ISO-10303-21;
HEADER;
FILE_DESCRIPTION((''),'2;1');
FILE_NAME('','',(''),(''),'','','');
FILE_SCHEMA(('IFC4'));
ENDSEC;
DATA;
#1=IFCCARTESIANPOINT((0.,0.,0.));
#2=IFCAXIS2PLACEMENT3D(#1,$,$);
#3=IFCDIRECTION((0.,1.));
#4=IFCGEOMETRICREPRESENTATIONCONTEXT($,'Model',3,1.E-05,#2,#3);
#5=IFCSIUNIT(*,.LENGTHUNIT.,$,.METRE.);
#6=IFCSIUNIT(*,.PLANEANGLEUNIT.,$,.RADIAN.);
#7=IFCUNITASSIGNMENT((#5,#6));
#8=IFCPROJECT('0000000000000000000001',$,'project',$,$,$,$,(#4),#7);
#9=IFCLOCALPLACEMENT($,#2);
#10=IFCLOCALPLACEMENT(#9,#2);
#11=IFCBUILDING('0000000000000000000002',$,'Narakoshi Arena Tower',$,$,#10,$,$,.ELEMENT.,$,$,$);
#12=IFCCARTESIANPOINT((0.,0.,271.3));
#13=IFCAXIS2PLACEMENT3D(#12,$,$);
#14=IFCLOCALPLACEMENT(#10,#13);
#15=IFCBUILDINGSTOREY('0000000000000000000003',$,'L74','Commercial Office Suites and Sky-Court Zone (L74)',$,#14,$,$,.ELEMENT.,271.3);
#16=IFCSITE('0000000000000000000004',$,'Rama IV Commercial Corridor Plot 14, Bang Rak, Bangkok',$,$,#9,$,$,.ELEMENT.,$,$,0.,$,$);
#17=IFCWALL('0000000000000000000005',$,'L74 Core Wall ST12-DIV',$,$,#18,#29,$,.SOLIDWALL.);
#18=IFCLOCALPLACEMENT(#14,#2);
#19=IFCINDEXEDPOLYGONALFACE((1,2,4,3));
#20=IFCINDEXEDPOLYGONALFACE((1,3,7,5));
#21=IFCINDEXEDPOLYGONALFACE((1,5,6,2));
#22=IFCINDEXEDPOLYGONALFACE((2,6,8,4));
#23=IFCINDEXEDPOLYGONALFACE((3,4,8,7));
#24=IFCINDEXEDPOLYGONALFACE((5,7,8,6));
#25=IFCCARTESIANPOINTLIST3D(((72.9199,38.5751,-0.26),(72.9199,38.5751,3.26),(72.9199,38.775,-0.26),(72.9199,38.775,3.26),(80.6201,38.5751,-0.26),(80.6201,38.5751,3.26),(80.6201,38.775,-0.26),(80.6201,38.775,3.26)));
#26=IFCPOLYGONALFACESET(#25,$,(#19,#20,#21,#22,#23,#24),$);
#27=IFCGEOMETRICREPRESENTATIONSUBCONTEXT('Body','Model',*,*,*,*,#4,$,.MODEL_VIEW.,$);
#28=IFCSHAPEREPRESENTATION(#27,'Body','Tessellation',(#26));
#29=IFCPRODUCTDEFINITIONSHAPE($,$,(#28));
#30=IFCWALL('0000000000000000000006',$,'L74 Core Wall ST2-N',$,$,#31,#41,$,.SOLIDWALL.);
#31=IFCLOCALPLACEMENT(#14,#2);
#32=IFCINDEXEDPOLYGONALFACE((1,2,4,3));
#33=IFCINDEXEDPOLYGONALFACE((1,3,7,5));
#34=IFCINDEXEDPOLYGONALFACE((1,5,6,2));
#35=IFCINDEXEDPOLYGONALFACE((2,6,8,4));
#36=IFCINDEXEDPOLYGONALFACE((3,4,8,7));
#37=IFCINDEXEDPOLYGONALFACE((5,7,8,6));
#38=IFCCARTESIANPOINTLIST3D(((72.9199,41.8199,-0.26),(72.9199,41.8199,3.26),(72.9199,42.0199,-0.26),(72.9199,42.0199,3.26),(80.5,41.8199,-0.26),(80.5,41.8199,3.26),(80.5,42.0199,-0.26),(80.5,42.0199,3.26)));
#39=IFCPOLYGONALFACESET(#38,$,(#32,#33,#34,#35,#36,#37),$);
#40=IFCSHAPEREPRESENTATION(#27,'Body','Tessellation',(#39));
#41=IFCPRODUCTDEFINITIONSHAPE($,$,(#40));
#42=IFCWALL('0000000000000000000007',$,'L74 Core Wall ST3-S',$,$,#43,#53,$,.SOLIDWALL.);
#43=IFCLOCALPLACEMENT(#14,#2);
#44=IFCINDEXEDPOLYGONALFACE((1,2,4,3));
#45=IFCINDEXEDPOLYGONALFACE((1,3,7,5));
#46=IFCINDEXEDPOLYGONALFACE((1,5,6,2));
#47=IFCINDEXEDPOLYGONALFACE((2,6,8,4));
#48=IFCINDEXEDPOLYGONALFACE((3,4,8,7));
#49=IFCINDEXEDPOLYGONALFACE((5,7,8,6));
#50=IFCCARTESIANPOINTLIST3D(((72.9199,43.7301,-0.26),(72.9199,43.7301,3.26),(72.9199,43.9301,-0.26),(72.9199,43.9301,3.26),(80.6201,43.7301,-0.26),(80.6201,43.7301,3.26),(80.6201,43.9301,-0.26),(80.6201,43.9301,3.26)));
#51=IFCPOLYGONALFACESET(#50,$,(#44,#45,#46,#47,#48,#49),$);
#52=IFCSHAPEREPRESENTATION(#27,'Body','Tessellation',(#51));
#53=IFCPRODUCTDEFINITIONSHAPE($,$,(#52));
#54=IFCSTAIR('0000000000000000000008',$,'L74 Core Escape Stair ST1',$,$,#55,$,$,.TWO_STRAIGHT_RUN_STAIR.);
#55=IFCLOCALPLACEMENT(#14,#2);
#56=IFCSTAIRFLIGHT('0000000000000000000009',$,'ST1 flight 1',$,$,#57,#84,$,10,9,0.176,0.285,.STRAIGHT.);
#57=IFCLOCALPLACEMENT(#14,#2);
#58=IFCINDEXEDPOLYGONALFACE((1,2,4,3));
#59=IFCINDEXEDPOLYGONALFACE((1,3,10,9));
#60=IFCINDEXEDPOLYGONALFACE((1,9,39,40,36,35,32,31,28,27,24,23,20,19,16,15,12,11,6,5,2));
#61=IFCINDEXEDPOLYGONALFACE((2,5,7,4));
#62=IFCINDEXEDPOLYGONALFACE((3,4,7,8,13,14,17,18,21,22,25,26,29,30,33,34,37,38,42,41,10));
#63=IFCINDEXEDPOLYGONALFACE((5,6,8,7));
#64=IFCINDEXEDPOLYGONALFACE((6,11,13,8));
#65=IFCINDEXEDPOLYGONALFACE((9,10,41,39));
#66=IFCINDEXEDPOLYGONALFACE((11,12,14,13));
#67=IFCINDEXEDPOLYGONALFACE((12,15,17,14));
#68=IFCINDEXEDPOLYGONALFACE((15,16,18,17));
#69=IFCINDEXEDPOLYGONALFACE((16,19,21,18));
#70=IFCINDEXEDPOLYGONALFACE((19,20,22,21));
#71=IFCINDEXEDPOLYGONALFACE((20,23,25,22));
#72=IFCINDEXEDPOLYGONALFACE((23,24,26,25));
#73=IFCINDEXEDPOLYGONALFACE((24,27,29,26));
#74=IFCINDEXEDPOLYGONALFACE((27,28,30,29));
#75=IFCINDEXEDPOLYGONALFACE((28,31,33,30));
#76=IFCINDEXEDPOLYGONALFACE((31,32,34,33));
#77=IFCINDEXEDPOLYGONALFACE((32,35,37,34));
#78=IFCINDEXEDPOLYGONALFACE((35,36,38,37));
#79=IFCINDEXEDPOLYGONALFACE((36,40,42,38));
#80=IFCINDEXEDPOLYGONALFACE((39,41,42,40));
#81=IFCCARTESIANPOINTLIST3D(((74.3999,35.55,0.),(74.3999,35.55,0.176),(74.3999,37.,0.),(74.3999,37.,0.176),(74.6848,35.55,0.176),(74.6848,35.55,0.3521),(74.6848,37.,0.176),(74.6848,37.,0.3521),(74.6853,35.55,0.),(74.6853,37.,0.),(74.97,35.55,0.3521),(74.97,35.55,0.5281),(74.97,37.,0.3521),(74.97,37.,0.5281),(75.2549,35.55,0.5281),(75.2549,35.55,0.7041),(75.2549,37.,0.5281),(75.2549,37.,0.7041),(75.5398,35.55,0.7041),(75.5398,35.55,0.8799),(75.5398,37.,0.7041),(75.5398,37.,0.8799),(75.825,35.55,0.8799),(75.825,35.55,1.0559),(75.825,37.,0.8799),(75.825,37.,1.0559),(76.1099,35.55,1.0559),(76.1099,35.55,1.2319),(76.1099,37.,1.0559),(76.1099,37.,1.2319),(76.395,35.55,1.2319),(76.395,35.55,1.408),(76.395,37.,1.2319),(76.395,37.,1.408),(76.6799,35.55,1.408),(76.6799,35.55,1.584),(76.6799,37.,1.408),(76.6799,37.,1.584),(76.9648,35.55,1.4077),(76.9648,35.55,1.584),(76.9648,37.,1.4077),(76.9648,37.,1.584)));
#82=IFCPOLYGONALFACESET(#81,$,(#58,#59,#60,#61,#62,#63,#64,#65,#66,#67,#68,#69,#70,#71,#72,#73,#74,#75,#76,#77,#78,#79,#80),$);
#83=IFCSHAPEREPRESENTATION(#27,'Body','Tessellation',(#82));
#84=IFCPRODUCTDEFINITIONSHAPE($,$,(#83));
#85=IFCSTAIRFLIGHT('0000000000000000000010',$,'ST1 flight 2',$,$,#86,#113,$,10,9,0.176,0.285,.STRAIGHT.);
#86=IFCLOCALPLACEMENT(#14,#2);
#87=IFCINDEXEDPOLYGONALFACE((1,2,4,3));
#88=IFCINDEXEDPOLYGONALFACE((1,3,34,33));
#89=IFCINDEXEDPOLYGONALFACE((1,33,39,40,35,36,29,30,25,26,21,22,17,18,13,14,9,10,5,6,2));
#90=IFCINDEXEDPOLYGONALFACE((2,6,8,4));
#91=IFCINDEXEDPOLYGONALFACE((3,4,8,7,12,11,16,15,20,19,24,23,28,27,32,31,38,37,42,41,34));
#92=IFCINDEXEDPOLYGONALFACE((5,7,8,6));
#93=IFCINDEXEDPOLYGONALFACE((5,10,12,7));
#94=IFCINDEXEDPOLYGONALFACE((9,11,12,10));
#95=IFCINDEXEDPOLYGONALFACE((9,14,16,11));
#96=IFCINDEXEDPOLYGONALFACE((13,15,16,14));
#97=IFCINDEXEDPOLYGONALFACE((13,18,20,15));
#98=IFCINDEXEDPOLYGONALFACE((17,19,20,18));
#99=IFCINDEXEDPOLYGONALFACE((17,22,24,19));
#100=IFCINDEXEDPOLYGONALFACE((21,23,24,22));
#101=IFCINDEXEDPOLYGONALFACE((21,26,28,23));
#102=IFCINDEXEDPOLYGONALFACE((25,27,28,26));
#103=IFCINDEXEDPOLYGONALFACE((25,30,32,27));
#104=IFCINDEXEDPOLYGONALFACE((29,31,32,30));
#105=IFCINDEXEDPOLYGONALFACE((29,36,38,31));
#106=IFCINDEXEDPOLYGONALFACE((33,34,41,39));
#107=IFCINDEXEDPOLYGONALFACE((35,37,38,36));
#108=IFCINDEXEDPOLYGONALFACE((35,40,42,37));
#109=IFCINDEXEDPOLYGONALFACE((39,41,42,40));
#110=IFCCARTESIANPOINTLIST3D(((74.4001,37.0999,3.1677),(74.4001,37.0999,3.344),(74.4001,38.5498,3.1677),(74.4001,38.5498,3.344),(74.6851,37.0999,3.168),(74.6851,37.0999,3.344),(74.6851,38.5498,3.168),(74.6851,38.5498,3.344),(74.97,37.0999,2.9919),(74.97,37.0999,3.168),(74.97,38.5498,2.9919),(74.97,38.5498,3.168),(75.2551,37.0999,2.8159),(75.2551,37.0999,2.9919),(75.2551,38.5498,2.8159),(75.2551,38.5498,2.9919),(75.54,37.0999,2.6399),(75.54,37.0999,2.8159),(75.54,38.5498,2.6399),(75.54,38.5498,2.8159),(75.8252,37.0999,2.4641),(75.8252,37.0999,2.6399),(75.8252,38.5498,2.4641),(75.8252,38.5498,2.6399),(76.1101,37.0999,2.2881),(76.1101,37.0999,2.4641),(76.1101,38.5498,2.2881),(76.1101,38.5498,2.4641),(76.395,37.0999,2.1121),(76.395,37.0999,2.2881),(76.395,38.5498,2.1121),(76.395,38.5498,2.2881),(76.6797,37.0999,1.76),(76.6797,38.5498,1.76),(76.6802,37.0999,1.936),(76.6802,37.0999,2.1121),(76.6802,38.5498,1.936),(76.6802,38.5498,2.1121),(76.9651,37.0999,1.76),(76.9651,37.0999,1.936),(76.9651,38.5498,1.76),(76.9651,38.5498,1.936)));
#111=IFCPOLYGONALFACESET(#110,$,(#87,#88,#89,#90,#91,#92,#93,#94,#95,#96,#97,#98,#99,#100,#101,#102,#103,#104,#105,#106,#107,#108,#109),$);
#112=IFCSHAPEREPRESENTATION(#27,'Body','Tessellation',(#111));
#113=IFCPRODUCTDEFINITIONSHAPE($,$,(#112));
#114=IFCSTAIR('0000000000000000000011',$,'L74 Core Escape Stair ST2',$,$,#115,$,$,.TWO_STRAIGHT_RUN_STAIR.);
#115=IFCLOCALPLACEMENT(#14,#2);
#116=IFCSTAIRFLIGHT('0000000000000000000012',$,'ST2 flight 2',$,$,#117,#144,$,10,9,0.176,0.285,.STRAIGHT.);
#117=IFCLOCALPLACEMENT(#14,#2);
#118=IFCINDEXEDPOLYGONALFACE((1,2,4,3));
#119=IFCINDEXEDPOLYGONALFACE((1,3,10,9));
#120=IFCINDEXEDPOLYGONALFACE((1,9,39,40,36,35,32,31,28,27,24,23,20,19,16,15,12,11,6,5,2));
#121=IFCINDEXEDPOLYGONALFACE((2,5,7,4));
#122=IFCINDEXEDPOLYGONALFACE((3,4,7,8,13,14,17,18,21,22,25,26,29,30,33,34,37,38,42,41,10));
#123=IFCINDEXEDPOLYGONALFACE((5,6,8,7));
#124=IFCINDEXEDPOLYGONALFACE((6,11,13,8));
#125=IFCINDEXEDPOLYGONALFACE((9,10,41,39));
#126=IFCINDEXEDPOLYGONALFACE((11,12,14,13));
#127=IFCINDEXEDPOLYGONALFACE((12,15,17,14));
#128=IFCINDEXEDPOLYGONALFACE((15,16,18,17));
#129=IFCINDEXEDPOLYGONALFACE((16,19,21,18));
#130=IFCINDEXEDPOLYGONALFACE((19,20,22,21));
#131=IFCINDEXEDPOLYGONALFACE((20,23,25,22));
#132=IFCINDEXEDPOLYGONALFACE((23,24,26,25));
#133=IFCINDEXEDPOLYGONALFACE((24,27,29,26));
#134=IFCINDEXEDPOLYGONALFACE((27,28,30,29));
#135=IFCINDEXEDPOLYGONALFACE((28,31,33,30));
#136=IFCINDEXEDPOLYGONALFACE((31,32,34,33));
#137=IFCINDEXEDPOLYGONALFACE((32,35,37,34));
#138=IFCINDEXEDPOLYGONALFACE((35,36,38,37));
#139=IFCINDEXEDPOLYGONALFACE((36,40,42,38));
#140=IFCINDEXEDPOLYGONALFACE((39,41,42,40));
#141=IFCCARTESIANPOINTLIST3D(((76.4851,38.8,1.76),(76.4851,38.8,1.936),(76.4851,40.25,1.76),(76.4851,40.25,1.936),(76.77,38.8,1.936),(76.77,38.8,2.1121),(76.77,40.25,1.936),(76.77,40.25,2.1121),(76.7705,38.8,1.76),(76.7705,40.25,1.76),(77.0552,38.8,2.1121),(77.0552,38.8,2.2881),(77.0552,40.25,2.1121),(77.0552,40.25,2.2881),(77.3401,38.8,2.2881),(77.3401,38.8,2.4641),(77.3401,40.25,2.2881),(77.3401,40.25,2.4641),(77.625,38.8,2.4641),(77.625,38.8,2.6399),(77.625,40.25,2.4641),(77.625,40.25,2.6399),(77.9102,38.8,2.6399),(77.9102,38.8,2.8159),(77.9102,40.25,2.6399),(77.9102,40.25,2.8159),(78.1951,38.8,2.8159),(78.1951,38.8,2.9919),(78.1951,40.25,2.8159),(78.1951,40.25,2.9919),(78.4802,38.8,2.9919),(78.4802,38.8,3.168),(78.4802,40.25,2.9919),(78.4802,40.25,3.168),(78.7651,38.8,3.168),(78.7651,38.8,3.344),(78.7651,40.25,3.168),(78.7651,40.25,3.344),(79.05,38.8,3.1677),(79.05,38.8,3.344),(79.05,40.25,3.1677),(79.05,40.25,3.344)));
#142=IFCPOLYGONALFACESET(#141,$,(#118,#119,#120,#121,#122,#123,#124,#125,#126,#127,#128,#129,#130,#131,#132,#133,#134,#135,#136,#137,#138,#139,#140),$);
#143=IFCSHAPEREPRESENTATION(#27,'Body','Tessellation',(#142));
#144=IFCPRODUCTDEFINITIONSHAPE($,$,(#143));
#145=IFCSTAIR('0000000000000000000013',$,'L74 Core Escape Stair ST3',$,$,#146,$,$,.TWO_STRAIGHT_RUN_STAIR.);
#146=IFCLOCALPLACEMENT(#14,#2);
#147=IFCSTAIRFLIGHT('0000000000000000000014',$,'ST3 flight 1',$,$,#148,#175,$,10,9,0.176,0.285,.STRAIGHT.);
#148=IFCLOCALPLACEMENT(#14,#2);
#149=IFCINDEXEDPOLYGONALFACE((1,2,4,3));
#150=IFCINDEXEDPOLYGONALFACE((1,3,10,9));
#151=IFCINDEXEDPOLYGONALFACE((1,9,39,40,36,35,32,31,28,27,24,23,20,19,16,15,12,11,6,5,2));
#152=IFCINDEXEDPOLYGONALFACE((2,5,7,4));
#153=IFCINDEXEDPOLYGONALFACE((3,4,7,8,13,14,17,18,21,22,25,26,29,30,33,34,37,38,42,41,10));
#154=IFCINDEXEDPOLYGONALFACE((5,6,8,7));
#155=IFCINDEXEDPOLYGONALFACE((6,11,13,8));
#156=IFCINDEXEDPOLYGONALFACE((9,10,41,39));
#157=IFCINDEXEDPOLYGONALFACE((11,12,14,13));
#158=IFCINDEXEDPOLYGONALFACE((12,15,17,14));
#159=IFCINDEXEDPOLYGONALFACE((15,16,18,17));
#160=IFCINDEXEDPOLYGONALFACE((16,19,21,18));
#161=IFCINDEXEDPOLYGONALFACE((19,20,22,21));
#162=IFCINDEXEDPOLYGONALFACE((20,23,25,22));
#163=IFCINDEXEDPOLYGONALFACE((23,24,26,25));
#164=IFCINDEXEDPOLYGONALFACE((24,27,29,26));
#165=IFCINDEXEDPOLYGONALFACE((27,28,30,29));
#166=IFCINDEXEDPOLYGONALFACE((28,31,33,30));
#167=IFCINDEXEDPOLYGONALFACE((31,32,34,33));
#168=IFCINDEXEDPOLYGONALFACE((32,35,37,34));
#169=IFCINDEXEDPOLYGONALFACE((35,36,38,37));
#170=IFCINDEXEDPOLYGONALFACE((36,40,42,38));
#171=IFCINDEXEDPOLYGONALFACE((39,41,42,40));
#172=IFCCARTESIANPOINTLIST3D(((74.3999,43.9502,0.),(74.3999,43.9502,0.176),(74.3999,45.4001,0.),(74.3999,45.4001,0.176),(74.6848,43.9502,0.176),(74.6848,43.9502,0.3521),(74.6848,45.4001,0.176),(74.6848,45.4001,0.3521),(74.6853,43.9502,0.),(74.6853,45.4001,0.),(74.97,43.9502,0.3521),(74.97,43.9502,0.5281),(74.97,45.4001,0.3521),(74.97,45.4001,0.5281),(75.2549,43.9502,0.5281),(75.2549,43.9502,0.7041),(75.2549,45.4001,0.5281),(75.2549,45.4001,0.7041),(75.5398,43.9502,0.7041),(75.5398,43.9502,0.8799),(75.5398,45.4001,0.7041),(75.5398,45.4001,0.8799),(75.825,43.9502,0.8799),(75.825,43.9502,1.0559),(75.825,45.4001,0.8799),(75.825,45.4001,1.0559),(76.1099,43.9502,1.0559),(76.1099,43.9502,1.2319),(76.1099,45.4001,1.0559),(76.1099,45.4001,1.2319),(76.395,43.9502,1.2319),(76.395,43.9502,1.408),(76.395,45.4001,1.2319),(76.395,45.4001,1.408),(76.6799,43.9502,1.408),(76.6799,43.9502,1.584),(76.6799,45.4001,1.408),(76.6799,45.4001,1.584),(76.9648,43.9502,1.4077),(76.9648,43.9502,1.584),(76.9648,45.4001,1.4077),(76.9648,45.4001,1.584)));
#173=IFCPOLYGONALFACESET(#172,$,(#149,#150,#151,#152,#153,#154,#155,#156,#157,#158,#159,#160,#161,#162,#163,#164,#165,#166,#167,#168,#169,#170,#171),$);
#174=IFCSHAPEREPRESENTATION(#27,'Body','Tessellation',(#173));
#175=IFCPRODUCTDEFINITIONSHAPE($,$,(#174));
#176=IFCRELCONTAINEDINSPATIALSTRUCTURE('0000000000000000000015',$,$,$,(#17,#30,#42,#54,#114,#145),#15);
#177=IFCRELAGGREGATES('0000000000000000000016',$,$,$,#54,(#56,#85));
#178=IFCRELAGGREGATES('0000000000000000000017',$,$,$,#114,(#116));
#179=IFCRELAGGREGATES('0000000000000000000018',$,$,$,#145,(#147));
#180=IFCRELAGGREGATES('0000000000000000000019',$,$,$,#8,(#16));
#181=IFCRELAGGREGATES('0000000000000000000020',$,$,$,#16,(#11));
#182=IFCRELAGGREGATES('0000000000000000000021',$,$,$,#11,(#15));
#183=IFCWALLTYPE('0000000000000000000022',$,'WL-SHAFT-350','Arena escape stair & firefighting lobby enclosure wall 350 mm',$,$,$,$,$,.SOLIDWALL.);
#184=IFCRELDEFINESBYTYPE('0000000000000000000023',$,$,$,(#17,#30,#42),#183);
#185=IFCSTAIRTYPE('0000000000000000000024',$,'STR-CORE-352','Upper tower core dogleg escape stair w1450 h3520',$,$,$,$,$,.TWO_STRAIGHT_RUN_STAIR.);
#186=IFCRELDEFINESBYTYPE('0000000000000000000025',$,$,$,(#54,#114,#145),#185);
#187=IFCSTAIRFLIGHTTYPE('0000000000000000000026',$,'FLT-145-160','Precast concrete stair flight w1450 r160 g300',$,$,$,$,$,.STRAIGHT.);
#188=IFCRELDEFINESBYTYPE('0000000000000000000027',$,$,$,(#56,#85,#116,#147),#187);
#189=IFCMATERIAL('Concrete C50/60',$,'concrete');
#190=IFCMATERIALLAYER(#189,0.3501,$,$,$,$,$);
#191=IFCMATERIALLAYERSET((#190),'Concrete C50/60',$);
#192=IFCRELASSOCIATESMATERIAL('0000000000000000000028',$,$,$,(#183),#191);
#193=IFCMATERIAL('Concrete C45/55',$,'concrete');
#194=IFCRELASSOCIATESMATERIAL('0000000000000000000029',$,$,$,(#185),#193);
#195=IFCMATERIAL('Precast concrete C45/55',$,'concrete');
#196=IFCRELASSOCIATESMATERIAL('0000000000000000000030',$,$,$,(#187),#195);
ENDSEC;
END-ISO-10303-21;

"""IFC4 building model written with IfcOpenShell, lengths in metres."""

from ifc_helpers import new_model, si_unit, direction, frame, frame_2d, origin, place, context, subcontext, project, spatial, polyline, rectangle, outline, extrude, material, layer, layer_set, type_object, element, aggregate, save


model = new_model("IFC4")

# Units and contexts
model_context = context("Model", 3, precision=1e-05, world=origin(), true_north=direction((0.0, 1.0)))
body_context = subcontext(model_context, "Body", "Model", "MODEL_VIEW")
ifc_project = project(units=[si_unit("LENGTHUNIT", "METRE"), si_unit("PLANEANGLEUNIT", "RADIAN")], contexts=[model_context])

# Site, building, storey
site_placement = place(None, origin())
site = spatial("IfcSite", under=ifc_project, at=site_placement, Name="Rama IV Commercial Corridor Plot 14, Bang Rak, Bangkok", CompositionType="ELEMENT", RefElevation=0.0)
building_placement = place(site_placement, origin())
building = spatial("IfcBuilding", under=site, at=building_placement, Name="Narakoshi Arena Tower", CompositionType="ELEMENT")
storey_placement = place(building_placement, frame((0.0, 0.0, 271.3)))
storey = spatial("IfcBuildingStorey", under=building, at=storey_placement, Name="L74", Description="Commercial Office Suites and Sky-Court Zone (L74)", CompositionType="ELEMENT", Elevation=271.3)

# Shared definitions
ifc_material_1 = material(Name="Concrete C50/60", Category="concrete")

# Shared definitions
ifc_material_2 = material(Name="Precast concrete C45/55", Category="concrete")

# Walls
ifc_layer_1 = layer(ifc_material_1, 0.3501)
ifc_layer_set_1 = layer_set([ifc_layer_1], Name="Concrete C50/60")
wall_type_1 = type_object("IfcWallType", Name="WL-SHAFT-350", Description="Arena escape stair & firefighting lobby enclosure wall 350 mm", PredefinedType="SOLIDWALL", material=ifc_layer_set_1)
for number, where, z_axis, x_axis, name in (
    (1, (72.9199, 38.675, -0.26), (0.0, 0.0, 1.0), (1.0, 0.0, 0.0), "L74 Core Wall ST12-DIV"),
):
    element("IfcWall", number, at=place(storey_placement, frame(where, z_axis=z_axis, x_axis=x_axis)), inside=storey, type_object=wall_type_1, Name=name, PredefinedType="SOLIDWALL", context=body_context, shape_type="SweptSolid", body=[
        extrude(rectangle(XDim=7.7002, YDim=0.2, at=frame_2d((3.8501, 0.0))), origin(), (0.0, 0.0, 1.0), 3.52),
    ])
wall_1_placement = place(storey_placement, frame((72.9199, 41.9199, -0.26), z_axis=(0.0, 0.0, 1.0), x_axis=(1.0, 0.0, 0.0)))
element("IfcWall", 2, at=wall_1_placement, inside=storey, type_object=wall_type_1, Name="L74 Core Wall ST2-N", PredefinedType="SOLIDWALL", context=body_context, shape_type="SweptSolid", body=[
    extrude(rectangle(XDim=7.5801, YDim=0.2, at=frame_2d((3.79, 0.0))), origin(), (0.0, 0.0, 1.0), 3.52),
])
wall_2_placement = place(storey_placement, frame((72.9199, 43.8301, -0.26), z_axis=(0.0, 0.0, 1.0), x_axis=(1.0, 0.0, 0.0)))
element("IfcWall", 3, at=wall_2_placement, inside=storey, type_object=wall_type_1, Name="L74 Core Wall ST3-S", PredefinedType="SOLIDWALL", context=body_context, shape_type="SweptSolid", body=[
    extrude(rectangle(XDim=7.7002, YDim=0.2, at=frame_2d((3.8501, 0.0))), origin(), (0.0, 0.0, 1.0), 3.52),
])

# Stair, stair flights
ifc_material_3 = material(Name="Concrete C45/55", Category="concrete")
stair_type = type_object("IfcStairType", Name="STR-CORE-352", Description="Upper tower core dogleg escape stair w1450 h3520", PredefinedType="TWO_STRAIGHT_RUN_STAIR", material=ifc_material_3)
stair_1_placement = place(storey_placement, origin())
stair_1 = element("IfcStair", 4, at=stair_1_placement, inside=storey, type_object=stair_type, Name="L74 Core Escape Stair ST1", PredefinedType="TWO_STRAIGHT_RUN_STAIR")
stair_flight_type = type_object("IfcStairFlightType", Name="FLT-145-160", Description="Precast concrete stair flight w1450 r160 g300", PredefinedType="STRAIGHT", material=ifc_material_2)
stair_flight_1_placement = place(storey_placement, frame((74.3999, 36.2749, 0.0), z_axis=(0.0, 0.0, 1.0), x_axis=(1.0, 0.0, 0.0)))
stair_flight_1 = element("IfcStairFlight", 5, at=stair_flight_1_placement, type_object=stair_flight_type, Name="ST1 flight 1", NumberOfRisers=10, NumberOfTreads=9, PredefinedType="STRAIGHT", RiserHeight=0.176, TreadLength=0.285, context=body_context, shape_type="SweptSolid", body=[
    extrude(outline(polyline([(0.0, 0.0), (0.0, 0.176), (0.2849, 0.176), (0.2849, 0.3521), (0.5701, 0.3521), (0.5701, 0.5281), (0.855, 0.5281), (0.855, 0.7041), (1.1399, 0.7041), (1.1399, 0.8799), (1.425, 0.8799), (1.425, 1.0559), (1.71, 1.0559), (1.71, 1.2319), (1.9951, 1.2319), (1.9951, 1.408), (2.28, 1.408), (2.28, 1.584), (2.5649, 1.584), (2.5649, 1.76), (2.5649, 1.4077), (0.2854, 0.0), (0.0, 0.0)])), frame((0.0, 0.7251, 0.0), z_axis=(0.0, -1.0, 0.0), x_axis=(1.0, 0.0, 0.0)), (0.0, 0.0, 1.0), 1.45),
])
stair_flight_2_placement = place(storey_placement, frame((76.9651, 37.825, 1.76), z_axis=(0.0, 0.0, 1.0), x_axis=(-1.0, 0.0, 0.0)))
stair_flight_2 = element("IfcStairFlight", 6, at=stair_flight_2_placement, type_object=stair_flight_type, Name="ST1 flight 2", NumberOfRisers=10, NumberOfTreads=9, PredefinedType="STRAIGHT", RiserHeight=0.176, TreadLength=0.285, context=body_context, shape_type="SweptSolid", body=[
    extrude(outline(polyline([(0.0, 0.0), (0.0, 0.176), (0.2849, 0.176), (0.2849, 0.3521), (0.5701, 0.3521), (0.5701, 0.5281), (0.855, 0.5281), (0.855, 0.7041), (1.1399, 0.7041), (1.1399, 0.8799), (1.425, 0.8799), (1.425, 1.0559), (1.71, 1.0559), (1.71, 1.2319), (1.9951, 1.2319), (1.9951, 1.408), (2.28, 1.408), (2.28, 1.584), (2.5649, 1.584), (2.5649, 1.76), (2.5649, 1.4077), (0.2854, 0.0), (0.0, 0.0)])), frame((0.0, 0.7251, 0.0), z_axis=(0.0, -1.0, 0.0), x_axis=(1.0, 0.0, 0.0)), (0.0, 0.0, 1.0), 1.45),
])
aggregate(stair_1, [stair_flight_1, stair_flight_2])

# Stairs, stair flights
stair_2_placement = place(storey_placement, origin())
stair_2 = element("IfcStair", 7, at=stair_2_placement, inside=storey, type_object=stair_type, Name="L74 Core Escape Stair ST2", PredefinedType="TWO_STRAIGHT_RUN_STAIR")
stair_flight_3_placement = place(storey_placement, frame((76.4851, 39.5249, 1.76), z_axis=(0.0, 0.0, 1.0), x_axis=(1.0, 0.0, 0.0)))
stair_flight_3 = element("IfcStairFlight", 8, at=stair_flight_3_placement, type_object=stair_flight_type, Name="ST2 flight 2", NumberOfRisers=10, NumberOfTreads=9, PredefinedType="STRAIGHT", RiserHeight=0.176, TreadLength=0.285, context=body_context, shape_type="SweptSolid", body=[
    extrude(outline(polyline([(0.0, 0.0), (0.0, 0.176), (0.2849, 0.176), (0.2849, 0.3521), (0.5701, 0.3521), (0.5701, 0.5281), (0.855, 0.5281), (0.855, 0.7041), (1.1399, 0.7041), (1.1399, 0.8799), (1.425, 0.8799), (1.425, 1.0559), (1.71, 1.0559), (1.71, 1.2319), (1.9951, 1.2319), (1.9951, 1.408), (2.28, 1.408), (2.28, 1.584), (2.5649, 1.584), (2.5649, 1.76), (2.5649, 1.4077), (0.2854, 0.0), (0.0, 0.0)])), frame((0.0, 0.7251, 0.0), z_axis=(0.0, -1.0, 0.0), x_axis=(1.0, 0.0, 0.0)), (0.0, 0.0, 1.0), 1.45),
])
aggregate(stair_2, [stair_flight_3])
stair_3_placement = place(storey_placement, origin())
stair_3 = element("IfcStair", 9, at=stair_3_placement, inside=storey, type_object=stair_type, Name="L74 Core Escape Stair ST3", PredefinedType="TWO_STRAIGHT_RUN_STAIR")
stair_flight_4_placement = place(storey_placement, frame((74.3999, 44.675, 0.0), z_axis=(0.0, 0.0, 1.0), x_axis=(1.0, 0.0, 0.0)))
stair_flight_4 = element("IfcStairFlight", 10, at=stair_flight_4_placement, type_object=stair_flight_type, Name="ST3 flight 1", NumberOfRisers=10, NumberOfTreads=9, PredefinedType="STRAIGHT", RiserHeight=0.176, TreadLength=0.285, context=body_context, shape_type="SweptSolid", body=[
    extrude(outline(polyline([(0.0, 0.0), (0.0, 0.176), (0.2849, 0.176), (0.2849, 0.3521), (0.5701, 0.3521), (0.5701, 0.5281), (0.855, 0.5281), (0.855, 0.7041), (1.1399, 0.7041), (1.1399, 0.8799), (1.425, 0.8799), (1.425, 1.0559), (1.71, 1.0559), (1.71, 1.2319), (1.9951, 1.2319), (1.9951, 1.408), (2.28, 1.408), (2.28, 1.584), (2.5649, 1.584), (2.5649, 1.76), (2.5649, 1.4077), (0.2854, 0.0), (0.0, 0.0)])), frame((0.0, 0.7251, 0.0), z_axis=(0.0, -1.0, 0.0), x_axis=(1.0, 0.0, 0.0)), (0.0, 0.0, 1.0), 1.45),
])
aggregate(stair_3, [stair_flight_4])

save(model, "model.ifc")
